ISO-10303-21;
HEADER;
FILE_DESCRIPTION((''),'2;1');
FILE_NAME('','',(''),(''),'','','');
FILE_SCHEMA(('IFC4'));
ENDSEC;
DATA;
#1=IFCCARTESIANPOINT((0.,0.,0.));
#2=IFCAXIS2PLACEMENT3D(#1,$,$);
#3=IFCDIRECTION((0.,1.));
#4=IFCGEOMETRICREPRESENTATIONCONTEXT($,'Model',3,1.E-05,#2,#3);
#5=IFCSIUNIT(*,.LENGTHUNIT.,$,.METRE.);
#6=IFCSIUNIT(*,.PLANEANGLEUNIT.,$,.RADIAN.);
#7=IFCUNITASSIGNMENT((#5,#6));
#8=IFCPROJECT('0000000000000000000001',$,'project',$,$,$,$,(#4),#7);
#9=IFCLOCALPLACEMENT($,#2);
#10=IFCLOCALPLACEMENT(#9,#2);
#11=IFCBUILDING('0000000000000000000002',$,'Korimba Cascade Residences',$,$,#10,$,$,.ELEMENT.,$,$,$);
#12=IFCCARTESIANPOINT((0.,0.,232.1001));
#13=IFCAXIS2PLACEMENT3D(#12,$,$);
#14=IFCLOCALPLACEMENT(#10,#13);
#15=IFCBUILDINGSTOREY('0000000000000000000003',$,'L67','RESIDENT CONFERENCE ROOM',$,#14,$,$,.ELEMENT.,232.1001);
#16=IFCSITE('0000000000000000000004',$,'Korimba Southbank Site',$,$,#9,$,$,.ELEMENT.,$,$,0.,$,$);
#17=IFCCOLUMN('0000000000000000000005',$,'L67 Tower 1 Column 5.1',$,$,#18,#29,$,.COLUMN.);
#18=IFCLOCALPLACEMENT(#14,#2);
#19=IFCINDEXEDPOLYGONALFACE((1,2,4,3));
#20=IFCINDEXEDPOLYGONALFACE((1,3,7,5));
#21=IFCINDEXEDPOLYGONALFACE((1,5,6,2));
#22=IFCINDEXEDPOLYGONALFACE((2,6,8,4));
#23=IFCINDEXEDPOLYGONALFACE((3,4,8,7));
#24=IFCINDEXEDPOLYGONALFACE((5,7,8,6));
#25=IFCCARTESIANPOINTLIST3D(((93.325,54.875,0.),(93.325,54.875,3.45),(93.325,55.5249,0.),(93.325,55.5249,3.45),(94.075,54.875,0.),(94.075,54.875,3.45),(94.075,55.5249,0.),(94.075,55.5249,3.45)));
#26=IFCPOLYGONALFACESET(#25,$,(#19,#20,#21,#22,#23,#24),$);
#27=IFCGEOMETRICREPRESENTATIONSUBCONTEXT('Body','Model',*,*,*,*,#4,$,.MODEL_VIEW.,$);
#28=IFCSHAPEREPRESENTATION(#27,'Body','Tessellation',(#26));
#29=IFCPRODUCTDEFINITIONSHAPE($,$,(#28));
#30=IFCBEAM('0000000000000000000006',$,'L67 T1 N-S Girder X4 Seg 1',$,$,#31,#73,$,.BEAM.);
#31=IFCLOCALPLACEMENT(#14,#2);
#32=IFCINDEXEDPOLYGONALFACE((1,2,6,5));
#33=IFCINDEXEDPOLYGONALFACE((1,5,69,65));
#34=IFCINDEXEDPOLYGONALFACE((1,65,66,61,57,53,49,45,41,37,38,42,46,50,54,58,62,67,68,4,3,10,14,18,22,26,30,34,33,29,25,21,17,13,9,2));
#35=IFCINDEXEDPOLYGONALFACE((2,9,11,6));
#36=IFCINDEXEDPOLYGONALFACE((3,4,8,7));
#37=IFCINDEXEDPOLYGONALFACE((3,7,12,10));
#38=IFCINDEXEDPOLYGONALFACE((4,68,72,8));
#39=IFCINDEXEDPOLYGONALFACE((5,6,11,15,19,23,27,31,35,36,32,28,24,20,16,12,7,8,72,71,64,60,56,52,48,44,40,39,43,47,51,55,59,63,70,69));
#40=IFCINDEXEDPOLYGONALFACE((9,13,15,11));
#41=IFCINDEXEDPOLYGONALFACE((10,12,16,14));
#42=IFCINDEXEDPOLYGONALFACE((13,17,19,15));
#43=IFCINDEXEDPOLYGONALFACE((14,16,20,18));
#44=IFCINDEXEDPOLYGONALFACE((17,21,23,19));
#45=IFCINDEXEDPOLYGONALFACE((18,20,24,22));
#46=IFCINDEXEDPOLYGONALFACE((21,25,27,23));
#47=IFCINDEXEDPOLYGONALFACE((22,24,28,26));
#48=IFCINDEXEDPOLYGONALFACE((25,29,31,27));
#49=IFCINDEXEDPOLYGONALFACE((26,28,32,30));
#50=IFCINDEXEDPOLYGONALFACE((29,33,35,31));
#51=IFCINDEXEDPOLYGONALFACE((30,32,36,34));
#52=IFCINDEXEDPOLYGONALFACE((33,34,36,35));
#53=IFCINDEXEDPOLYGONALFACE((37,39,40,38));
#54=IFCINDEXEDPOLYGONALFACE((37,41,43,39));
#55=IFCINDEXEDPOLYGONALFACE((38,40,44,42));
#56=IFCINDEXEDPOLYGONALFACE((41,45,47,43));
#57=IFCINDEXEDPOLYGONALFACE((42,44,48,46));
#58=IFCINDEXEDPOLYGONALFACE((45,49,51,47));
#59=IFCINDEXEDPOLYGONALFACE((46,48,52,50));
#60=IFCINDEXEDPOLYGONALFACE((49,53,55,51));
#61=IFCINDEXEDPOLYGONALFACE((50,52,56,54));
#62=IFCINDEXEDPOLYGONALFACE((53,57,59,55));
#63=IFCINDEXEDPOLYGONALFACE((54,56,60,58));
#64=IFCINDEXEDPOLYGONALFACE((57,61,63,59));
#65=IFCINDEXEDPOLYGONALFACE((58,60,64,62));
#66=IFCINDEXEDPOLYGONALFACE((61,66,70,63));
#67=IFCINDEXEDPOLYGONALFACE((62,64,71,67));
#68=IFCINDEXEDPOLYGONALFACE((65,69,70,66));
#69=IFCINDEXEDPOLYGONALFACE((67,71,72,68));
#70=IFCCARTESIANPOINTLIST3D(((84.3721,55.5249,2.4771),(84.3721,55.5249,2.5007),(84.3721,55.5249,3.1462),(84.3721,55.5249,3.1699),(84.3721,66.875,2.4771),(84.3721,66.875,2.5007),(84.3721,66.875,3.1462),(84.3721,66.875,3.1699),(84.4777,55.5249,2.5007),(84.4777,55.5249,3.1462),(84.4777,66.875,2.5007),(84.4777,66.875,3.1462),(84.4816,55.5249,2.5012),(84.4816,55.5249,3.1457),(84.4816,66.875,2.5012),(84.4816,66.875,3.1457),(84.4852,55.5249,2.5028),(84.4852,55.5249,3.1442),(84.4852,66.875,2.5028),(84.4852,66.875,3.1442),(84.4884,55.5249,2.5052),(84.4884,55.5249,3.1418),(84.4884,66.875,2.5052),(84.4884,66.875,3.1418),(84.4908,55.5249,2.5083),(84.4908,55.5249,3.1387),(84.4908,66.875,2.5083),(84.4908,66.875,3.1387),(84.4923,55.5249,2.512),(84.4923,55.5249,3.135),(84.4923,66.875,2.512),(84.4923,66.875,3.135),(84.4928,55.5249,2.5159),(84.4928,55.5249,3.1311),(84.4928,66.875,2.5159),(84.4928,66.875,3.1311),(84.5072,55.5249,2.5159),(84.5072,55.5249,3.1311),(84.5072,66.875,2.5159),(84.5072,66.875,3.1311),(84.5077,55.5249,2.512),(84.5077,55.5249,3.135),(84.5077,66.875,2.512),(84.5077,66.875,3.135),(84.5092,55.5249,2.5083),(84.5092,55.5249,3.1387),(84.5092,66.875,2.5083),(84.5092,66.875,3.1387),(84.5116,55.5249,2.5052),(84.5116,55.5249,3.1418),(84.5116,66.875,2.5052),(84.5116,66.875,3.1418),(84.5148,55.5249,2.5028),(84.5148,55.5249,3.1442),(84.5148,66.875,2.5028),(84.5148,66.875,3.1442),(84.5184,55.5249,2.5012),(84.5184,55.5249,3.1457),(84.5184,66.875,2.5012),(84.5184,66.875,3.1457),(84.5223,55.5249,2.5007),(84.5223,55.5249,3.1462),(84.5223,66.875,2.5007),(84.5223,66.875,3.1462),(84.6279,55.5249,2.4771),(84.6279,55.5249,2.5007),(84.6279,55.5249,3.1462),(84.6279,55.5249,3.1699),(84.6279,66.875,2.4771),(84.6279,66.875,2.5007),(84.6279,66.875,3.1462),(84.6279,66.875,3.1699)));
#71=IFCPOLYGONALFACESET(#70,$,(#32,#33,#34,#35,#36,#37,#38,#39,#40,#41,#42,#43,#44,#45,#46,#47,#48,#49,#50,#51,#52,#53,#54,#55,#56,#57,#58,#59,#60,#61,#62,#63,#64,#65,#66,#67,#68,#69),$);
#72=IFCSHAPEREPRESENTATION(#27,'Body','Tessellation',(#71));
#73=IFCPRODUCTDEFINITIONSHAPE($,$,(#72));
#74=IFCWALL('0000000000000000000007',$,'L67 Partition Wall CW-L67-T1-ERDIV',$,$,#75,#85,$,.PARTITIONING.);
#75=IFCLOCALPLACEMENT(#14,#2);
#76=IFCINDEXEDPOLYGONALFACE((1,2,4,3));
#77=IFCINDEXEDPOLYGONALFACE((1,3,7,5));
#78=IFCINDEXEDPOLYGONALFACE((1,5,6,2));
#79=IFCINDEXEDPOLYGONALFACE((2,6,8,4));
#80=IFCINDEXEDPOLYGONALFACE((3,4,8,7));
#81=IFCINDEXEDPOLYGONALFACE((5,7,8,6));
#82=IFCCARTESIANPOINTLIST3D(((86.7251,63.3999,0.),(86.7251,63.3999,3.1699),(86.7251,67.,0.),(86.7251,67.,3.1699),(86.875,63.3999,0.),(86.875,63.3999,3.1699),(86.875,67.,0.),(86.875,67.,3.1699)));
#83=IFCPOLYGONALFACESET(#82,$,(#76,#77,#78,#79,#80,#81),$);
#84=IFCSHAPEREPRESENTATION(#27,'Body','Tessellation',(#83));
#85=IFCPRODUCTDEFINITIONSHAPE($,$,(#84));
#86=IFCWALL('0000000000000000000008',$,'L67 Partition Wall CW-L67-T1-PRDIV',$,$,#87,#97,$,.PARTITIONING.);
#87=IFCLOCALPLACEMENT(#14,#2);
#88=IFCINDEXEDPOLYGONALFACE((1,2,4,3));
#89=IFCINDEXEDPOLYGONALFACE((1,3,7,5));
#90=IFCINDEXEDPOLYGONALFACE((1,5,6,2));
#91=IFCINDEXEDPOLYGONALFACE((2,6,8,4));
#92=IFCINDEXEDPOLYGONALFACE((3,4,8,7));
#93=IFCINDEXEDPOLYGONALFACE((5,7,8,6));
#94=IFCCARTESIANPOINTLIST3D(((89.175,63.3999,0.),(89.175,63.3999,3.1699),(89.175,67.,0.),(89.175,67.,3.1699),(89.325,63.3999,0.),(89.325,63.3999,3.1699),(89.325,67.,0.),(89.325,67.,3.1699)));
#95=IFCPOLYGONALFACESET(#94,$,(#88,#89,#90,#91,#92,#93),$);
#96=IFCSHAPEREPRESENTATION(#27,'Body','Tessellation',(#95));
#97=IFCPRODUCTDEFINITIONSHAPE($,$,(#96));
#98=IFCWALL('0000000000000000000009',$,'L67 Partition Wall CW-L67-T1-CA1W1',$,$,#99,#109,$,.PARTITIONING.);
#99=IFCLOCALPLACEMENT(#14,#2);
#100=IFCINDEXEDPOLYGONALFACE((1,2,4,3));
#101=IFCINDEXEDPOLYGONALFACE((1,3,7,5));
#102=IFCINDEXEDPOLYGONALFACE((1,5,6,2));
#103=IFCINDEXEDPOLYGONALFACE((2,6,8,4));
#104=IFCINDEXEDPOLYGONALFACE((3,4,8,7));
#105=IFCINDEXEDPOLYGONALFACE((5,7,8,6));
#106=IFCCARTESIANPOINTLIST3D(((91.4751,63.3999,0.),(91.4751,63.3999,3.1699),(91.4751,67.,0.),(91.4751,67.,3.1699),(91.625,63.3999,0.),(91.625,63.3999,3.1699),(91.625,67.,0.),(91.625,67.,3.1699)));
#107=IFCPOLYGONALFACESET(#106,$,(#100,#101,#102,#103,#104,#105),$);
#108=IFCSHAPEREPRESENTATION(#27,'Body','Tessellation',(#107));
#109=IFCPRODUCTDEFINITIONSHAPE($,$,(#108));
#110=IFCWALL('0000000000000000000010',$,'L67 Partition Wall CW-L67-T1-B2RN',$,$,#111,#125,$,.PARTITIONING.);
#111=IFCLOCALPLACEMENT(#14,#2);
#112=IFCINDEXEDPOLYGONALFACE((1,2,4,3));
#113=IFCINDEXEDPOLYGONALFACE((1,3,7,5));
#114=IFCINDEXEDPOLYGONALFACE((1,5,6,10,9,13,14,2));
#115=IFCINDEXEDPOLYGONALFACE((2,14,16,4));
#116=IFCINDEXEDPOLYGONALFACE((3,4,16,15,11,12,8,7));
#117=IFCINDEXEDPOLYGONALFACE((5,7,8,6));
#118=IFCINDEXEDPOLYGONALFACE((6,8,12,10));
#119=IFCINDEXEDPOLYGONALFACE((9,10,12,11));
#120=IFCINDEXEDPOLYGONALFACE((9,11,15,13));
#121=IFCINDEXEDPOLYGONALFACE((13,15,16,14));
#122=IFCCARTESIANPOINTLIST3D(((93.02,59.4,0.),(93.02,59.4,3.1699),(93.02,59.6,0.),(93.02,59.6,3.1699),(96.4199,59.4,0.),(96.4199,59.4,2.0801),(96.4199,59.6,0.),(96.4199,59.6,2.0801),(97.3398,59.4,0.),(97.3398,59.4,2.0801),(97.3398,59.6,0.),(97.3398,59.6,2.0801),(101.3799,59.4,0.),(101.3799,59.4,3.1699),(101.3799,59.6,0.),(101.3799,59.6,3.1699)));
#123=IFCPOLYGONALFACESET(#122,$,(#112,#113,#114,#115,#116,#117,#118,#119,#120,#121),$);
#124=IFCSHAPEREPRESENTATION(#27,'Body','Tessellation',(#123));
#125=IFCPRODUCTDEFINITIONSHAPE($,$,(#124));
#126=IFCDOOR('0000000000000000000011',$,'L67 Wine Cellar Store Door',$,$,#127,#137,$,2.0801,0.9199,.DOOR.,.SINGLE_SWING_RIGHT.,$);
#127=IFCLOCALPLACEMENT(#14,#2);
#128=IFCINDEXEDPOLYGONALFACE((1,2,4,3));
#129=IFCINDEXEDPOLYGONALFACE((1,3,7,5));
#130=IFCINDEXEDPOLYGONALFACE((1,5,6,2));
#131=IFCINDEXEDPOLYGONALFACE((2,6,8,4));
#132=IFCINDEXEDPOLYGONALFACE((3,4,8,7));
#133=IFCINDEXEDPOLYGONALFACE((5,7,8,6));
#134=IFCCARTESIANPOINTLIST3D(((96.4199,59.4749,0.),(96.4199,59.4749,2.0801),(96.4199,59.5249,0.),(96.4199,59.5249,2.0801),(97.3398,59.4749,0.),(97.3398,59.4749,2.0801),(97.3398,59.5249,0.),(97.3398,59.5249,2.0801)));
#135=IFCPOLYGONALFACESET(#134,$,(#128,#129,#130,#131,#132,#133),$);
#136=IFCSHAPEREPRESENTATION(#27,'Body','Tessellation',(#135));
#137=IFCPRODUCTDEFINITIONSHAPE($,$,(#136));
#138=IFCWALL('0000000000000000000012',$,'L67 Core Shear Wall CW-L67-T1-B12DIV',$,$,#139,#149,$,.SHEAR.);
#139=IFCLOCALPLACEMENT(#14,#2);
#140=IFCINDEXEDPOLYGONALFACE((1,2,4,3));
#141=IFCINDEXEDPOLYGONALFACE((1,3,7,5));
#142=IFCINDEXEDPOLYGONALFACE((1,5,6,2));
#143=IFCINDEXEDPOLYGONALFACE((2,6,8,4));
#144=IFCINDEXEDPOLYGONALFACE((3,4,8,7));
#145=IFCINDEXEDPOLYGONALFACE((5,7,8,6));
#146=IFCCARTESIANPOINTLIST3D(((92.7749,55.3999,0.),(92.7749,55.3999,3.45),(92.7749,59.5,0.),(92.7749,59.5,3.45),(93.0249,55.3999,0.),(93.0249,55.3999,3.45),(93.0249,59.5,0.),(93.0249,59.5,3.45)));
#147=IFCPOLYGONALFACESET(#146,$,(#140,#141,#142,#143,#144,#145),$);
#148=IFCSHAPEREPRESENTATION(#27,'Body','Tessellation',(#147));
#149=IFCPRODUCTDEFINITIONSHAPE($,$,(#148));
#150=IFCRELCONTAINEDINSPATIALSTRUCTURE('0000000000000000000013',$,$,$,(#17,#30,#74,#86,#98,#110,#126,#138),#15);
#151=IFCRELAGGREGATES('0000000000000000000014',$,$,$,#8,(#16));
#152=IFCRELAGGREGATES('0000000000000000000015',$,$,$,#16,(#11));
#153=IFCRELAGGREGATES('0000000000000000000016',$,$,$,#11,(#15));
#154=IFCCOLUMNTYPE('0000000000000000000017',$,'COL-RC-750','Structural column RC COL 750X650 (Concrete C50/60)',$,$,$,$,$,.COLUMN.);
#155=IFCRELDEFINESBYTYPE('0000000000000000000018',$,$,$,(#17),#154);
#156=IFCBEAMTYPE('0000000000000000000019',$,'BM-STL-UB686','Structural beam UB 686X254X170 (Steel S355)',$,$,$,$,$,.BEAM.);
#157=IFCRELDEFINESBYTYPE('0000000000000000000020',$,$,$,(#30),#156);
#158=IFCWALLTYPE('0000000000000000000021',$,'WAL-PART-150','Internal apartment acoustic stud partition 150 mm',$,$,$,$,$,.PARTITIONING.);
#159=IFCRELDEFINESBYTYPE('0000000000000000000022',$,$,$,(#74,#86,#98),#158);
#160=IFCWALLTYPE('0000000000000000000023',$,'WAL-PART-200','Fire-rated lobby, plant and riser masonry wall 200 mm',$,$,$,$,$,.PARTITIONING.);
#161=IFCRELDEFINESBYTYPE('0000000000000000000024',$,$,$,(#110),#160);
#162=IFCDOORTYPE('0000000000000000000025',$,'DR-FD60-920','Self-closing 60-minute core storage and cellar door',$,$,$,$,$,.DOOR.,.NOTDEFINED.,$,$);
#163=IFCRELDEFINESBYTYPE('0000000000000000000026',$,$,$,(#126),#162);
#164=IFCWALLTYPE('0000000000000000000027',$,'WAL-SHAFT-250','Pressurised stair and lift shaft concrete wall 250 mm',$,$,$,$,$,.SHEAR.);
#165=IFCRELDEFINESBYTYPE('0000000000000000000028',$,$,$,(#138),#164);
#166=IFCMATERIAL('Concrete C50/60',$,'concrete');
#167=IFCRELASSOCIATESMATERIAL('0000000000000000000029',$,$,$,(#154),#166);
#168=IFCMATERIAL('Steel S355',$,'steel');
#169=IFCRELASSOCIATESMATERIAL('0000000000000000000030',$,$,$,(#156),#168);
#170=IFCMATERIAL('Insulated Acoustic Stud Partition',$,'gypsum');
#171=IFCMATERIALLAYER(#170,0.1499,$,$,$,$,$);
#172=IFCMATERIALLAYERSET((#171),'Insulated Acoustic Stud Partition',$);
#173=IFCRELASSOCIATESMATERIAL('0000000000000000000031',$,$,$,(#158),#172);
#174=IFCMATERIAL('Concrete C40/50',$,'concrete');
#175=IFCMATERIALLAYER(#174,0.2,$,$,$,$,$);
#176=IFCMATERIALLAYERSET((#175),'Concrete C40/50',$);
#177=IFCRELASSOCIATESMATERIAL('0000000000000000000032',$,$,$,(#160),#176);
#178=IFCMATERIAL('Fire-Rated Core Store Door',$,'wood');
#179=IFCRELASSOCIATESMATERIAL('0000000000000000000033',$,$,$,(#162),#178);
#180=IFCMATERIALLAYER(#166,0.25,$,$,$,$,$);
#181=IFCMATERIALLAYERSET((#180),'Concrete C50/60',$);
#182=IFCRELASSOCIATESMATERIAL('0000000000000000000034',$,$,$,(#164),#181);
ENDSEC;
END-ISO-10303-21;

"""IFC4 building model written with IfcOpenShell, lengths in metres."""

from ifc_helpers import new_model, si_unit, direction, frame, frame_2d, origin, origin_2d, place, context, subcontext, project, spatial, rectangle, i_section, extrude, material, layer, layer_set, material_profile, profile_set, type_object, element, fill, save


model = new_model("IFC4")

# Units and contexts
model_context = context("Model", 3, precision=1e-05, world=origin(), true_north=direction((0.0, 1.0)))
body_context = subcontext(model_context, "Body", "Model", "MODEL_VIEW")
ifc_project = project(units=[si_unit("LENGTHUNIT", "METRE"), si_unit("PLANEANGLEUNIT", "RADIAN")], contexts=[model_context])

# Site, building, storey
site_placement = place(None, origin())
site = spatial("IfcSite", under=ifc_project, at=site_placement, Name="Korimba Southbank Site", CompositionType="ELEMENT", RefElevation=0.0)
building_placement = place(site_placement, origin())
building = spatial("IfcBuilding", under=site, at=building_placement, Name="Korimba Cascade Residences", CompositionType="ELEMENT")
storey_placement = place(building_placement, frame((0.0, 0.0, 232.1001)))
storey = spatial("IfcBuildingStorey", under=building, at=storey_placement, Name="L67", Description="RESIDENT CONFERENCE ROOM", CompositionType="ELEMENT", Elevation=232.1001)

# Column
ifc_material_1 = material(Name="Concrete C50/60", Category="concrete")
ifc_material_profile_1 = material_profile(ifc_material_1, rectangle(XDim=0.75, YDim=0.6499, at=origin_2d()), Name="Concrete C50/60")
ifc_profile_set_1 = profile_set([ifc_material_profile_1], Name="Concrete C50/60")
column_type = type_object("IfcColumnType", Name="COL-RC-750", Description="Structural column RC COL 750X650 (Concrete C50/60)", PredefinedType="COLUMN", material=ifc_profile_set_1)
column_placement = place(storey_placement, frame((93.7, 55.2, 0.0), z_axis=(0.0, 0.0, 1.0), x_axis=(1.0, 0.0, 0.0)))
element("IfcColumn", 1, at=column_placement, inside=storey, type_object=column_type, Name="L67 Tower 1 Column 5.1", PredefinedType="COLUMN", context=body_context, shape_type="SweptSolid", body=[
    extrude(rectangle(XDim=0.75, YDim=0.6499, at=origin_2d()), origin(), (0.0, 0.0, 1.0), 3.45),
])

# Beam
ifc_material_2 = material(Name="Steel S355", Category="steel")
ifc_material_profile_2 = material_profile(ifc_material_2, i_section(OverallWidth=0.2559, OverallDepth=0.6929, WebThickness=0.0144, FlangeThickness=0.0237, FilletRadius=0.0151, at=origin_2d()), Name="Steel S355")
ifc_profile_set_2 = profile_set([ifc_material_profile_2], Name="Steel S355")
beam_type = type_object("IfcBeamType", Name="BM-STL-UB686", Description="Structural beam UB 686X254X170 (Steel S355)", PredefinedType="BEAM", material=ifc_profile_set_2)
beam_placement = place(storey_placement, frame((84.5, 55.5249, 2.8235), z_axis=(0.0, 1.0, 0.0), x_axis=(-1.0, 0.0, 0.0)))
element("IfcBeam", 2, at=beam_placement, inside=storey, type_object=beam_type, Name="L67 T1 N-S Girder X4 Seg 1", PredefinedType="BEAM", context=body_context, shape_type="SweptSolid", body=[
    extrude(i_section(OverallWidth=0.2559, OverallDepth=0.6929, WebThickness=0.0144, FlangeThickness=0.0237, FilletRadius=0.0151, at=origin_2d()), origin(), (0.0, 0.0, 1.0), 11.3501),
])

# Walls
ifc_material_3 = material(Name="Insulated Acoustic Stud Partition", Category="gypsum")
ifc_layer_1 = layer(ifc_material_3, 0.1499)
ifc_layer_set_1 = layer_set([ifc_layer_1], Name="Insulated Acoustic Stud Partition")
wall_type_1 = type_object("IfcWallType", Name="WAL-PART-150", Description="Internal apartment acoustic stud partition 150 mm", PredefinedType="PARTITIONING", material=ifc_layer_set_1)
for number, where, z_axis, x_axis, name in (
    (3, (86.8, 63.3999, 0.0), (0.0, 0.0, 1.0), (0.0, 1.0, 0.0), "L67 Partition Wall CW-L67-T1-ERDIV"),
    (4, (89.25, 63.3999, 0.0), (0.0, 0.0, 1.0), (0.0, 1.0, 0.0), "L67 Partition Wall CW-L67-T1-PRDIV"),
    (5, (91.55, 63.3999, 0.0), (0.0, 0.0, 1.0), (0.0, 1.0, 0.0), "L67 Partition Wall CW-L67-T1-CA1W1"),
):
    element("IfcWall", number, at=place(storey_placement, frame(where, z_axis=z_axis, x_axis=x_axis)), inside=storey, type_object=wall_type_1, Name=name, PredefinedType="PARTITIONING", context=body_context, shape_type="SweptSolid", body=[
        extrude(rectangle(XDim=3.6001, YDim=0.1499, at=frame_2d((1.8, 0.0))), origin(), (0.0, 0.0, 1.0), 3.1699),
    ])

# Wall, opening, door
ifc_material_4 = material(Name="Concrete C40/50", Category="concrete")
ifc_layer_2 = layer(ifc_material_4, 0.2)
ifc_layer_set_2 = layer_set([ifc_layer_2], Name="Concrete C40/50")
wall_type_2 = type_object("IfcWallType", Name="WAL-PART-200", Description="Fire-rated lobby, plant and riser masonry wall 200 mm", PredefinedType="PARTITIONING", material=ifc_layer_set_2)
wall_1_placement = place(storey_placement, frame((93.02, 59.5, 0.0), z_axis=(0.0, 0.0, 1.0), x_axis=(1.0, 0.0, 0.0)))
wall_1 = element("IfcWall", 6, at=wall_1_placement, inside=storey, type_object=wall_type_2, Name="L67 Partition Wall CW-L67-T1-B2RN", PredefinedType="PARTITIONING", context=body_context, shape_type="SweptSolid", body=[
    extrude(rectangle(XDim=8.3599, YDim=0.2, at=frame_2d((4.1799, 0.0))), origin(), (0.0, 0.0, 1.0), 3.1699),
])
opening_placement = place(wall_1_placement, frame((3.3999, 0.0, 0.0)))
opening = element("IfcOpeningElement", 7, at=opening_placement, cuts=wall_1, PredefinedType="OPENING", context=body_context, shape_type="SweptSolid", body=[
    extrude(rectangle(XDim=0.9199, YDim=2.0801, at=frame_2d((0.46, 1.04))), frame((0.0, 0.1099, 0.0), z_axis=(0.0, -1.0, 0.0), x_axis=(1.0, 0.0, 0.0)), (0.0, 0.0, 1.0), 0.22),
])
ifc_material_5 = material(Name="Fire-Rated Core Store Door", Category="wood")
door_type = type_object("IfcDoorType", Name="DR-FD60-920", Description="Self-closing 60-minute core storage and cellar door", OperationType="NOTDEFINED", PredefinedType="DOOR", material=ifc_material_5)
door_placement = place(opening_placement, origin())
door = element("IfcDoor", 8, at=door_placement, inside=storey, type_object=door_type, Name="L67 Wine Cellar Store Door", OperationType="SINGLE_SWING_RIGHT", OverallHeight=2.0801, OverallWidth=0.9199, PredefinedType="DOOR", context=body_context, shape_type="SweptSolid", body=[
    extrude(rectangle(XDim=0.9199, YDim=2.0801, at=frame_2d((0.46, 1.04))), frame((0.0, 0.0249, 0.0), z_axis=(0.0, -1.0, 0.0), x_axis=(1.0, 0.0, 0.0)), (0.0, 0.0, 1.0), 0.05),
])
fill(opening, door)

# Wall
ifc_layer_3 = layer(ifc_material_1, 0.25)
ifc_layer_set_3 = layer_set([ifc_layer_3], Name="Concrete C50/60")
wall_type_3 = type_object("IfcWallType", Name="WAL-SHAFT-250", Description="Pressurised stair and lift shaft concrete wall 250 mm", PredefinedType="SHEAR", material=ifc_layer_set_3)
wall_2_placement = place(storey_placement, frame((92.8999, 55.3999, 0.0), z_axis=(0.0, 0.0, 1.0), x_axis=(0.0, 1.0, 0.0)))
element("IfcWall", 9, at=wall_2_placement, inside=storey, type_object=wall_type_3, Name="L67 Core Shear Wall CW-L67-T1-B12DIV", PredefinedType="SHEAR", context=body_context, shape_type="SweptSolid", body=[
    extrude(rectangle(XDim=4.1001, YDim=0.25, at=frame_2d((2.05, 0.0))), origin(), (0.0, 0.0, 1.0), 3.45),
])

save(model, "model.ifc")
